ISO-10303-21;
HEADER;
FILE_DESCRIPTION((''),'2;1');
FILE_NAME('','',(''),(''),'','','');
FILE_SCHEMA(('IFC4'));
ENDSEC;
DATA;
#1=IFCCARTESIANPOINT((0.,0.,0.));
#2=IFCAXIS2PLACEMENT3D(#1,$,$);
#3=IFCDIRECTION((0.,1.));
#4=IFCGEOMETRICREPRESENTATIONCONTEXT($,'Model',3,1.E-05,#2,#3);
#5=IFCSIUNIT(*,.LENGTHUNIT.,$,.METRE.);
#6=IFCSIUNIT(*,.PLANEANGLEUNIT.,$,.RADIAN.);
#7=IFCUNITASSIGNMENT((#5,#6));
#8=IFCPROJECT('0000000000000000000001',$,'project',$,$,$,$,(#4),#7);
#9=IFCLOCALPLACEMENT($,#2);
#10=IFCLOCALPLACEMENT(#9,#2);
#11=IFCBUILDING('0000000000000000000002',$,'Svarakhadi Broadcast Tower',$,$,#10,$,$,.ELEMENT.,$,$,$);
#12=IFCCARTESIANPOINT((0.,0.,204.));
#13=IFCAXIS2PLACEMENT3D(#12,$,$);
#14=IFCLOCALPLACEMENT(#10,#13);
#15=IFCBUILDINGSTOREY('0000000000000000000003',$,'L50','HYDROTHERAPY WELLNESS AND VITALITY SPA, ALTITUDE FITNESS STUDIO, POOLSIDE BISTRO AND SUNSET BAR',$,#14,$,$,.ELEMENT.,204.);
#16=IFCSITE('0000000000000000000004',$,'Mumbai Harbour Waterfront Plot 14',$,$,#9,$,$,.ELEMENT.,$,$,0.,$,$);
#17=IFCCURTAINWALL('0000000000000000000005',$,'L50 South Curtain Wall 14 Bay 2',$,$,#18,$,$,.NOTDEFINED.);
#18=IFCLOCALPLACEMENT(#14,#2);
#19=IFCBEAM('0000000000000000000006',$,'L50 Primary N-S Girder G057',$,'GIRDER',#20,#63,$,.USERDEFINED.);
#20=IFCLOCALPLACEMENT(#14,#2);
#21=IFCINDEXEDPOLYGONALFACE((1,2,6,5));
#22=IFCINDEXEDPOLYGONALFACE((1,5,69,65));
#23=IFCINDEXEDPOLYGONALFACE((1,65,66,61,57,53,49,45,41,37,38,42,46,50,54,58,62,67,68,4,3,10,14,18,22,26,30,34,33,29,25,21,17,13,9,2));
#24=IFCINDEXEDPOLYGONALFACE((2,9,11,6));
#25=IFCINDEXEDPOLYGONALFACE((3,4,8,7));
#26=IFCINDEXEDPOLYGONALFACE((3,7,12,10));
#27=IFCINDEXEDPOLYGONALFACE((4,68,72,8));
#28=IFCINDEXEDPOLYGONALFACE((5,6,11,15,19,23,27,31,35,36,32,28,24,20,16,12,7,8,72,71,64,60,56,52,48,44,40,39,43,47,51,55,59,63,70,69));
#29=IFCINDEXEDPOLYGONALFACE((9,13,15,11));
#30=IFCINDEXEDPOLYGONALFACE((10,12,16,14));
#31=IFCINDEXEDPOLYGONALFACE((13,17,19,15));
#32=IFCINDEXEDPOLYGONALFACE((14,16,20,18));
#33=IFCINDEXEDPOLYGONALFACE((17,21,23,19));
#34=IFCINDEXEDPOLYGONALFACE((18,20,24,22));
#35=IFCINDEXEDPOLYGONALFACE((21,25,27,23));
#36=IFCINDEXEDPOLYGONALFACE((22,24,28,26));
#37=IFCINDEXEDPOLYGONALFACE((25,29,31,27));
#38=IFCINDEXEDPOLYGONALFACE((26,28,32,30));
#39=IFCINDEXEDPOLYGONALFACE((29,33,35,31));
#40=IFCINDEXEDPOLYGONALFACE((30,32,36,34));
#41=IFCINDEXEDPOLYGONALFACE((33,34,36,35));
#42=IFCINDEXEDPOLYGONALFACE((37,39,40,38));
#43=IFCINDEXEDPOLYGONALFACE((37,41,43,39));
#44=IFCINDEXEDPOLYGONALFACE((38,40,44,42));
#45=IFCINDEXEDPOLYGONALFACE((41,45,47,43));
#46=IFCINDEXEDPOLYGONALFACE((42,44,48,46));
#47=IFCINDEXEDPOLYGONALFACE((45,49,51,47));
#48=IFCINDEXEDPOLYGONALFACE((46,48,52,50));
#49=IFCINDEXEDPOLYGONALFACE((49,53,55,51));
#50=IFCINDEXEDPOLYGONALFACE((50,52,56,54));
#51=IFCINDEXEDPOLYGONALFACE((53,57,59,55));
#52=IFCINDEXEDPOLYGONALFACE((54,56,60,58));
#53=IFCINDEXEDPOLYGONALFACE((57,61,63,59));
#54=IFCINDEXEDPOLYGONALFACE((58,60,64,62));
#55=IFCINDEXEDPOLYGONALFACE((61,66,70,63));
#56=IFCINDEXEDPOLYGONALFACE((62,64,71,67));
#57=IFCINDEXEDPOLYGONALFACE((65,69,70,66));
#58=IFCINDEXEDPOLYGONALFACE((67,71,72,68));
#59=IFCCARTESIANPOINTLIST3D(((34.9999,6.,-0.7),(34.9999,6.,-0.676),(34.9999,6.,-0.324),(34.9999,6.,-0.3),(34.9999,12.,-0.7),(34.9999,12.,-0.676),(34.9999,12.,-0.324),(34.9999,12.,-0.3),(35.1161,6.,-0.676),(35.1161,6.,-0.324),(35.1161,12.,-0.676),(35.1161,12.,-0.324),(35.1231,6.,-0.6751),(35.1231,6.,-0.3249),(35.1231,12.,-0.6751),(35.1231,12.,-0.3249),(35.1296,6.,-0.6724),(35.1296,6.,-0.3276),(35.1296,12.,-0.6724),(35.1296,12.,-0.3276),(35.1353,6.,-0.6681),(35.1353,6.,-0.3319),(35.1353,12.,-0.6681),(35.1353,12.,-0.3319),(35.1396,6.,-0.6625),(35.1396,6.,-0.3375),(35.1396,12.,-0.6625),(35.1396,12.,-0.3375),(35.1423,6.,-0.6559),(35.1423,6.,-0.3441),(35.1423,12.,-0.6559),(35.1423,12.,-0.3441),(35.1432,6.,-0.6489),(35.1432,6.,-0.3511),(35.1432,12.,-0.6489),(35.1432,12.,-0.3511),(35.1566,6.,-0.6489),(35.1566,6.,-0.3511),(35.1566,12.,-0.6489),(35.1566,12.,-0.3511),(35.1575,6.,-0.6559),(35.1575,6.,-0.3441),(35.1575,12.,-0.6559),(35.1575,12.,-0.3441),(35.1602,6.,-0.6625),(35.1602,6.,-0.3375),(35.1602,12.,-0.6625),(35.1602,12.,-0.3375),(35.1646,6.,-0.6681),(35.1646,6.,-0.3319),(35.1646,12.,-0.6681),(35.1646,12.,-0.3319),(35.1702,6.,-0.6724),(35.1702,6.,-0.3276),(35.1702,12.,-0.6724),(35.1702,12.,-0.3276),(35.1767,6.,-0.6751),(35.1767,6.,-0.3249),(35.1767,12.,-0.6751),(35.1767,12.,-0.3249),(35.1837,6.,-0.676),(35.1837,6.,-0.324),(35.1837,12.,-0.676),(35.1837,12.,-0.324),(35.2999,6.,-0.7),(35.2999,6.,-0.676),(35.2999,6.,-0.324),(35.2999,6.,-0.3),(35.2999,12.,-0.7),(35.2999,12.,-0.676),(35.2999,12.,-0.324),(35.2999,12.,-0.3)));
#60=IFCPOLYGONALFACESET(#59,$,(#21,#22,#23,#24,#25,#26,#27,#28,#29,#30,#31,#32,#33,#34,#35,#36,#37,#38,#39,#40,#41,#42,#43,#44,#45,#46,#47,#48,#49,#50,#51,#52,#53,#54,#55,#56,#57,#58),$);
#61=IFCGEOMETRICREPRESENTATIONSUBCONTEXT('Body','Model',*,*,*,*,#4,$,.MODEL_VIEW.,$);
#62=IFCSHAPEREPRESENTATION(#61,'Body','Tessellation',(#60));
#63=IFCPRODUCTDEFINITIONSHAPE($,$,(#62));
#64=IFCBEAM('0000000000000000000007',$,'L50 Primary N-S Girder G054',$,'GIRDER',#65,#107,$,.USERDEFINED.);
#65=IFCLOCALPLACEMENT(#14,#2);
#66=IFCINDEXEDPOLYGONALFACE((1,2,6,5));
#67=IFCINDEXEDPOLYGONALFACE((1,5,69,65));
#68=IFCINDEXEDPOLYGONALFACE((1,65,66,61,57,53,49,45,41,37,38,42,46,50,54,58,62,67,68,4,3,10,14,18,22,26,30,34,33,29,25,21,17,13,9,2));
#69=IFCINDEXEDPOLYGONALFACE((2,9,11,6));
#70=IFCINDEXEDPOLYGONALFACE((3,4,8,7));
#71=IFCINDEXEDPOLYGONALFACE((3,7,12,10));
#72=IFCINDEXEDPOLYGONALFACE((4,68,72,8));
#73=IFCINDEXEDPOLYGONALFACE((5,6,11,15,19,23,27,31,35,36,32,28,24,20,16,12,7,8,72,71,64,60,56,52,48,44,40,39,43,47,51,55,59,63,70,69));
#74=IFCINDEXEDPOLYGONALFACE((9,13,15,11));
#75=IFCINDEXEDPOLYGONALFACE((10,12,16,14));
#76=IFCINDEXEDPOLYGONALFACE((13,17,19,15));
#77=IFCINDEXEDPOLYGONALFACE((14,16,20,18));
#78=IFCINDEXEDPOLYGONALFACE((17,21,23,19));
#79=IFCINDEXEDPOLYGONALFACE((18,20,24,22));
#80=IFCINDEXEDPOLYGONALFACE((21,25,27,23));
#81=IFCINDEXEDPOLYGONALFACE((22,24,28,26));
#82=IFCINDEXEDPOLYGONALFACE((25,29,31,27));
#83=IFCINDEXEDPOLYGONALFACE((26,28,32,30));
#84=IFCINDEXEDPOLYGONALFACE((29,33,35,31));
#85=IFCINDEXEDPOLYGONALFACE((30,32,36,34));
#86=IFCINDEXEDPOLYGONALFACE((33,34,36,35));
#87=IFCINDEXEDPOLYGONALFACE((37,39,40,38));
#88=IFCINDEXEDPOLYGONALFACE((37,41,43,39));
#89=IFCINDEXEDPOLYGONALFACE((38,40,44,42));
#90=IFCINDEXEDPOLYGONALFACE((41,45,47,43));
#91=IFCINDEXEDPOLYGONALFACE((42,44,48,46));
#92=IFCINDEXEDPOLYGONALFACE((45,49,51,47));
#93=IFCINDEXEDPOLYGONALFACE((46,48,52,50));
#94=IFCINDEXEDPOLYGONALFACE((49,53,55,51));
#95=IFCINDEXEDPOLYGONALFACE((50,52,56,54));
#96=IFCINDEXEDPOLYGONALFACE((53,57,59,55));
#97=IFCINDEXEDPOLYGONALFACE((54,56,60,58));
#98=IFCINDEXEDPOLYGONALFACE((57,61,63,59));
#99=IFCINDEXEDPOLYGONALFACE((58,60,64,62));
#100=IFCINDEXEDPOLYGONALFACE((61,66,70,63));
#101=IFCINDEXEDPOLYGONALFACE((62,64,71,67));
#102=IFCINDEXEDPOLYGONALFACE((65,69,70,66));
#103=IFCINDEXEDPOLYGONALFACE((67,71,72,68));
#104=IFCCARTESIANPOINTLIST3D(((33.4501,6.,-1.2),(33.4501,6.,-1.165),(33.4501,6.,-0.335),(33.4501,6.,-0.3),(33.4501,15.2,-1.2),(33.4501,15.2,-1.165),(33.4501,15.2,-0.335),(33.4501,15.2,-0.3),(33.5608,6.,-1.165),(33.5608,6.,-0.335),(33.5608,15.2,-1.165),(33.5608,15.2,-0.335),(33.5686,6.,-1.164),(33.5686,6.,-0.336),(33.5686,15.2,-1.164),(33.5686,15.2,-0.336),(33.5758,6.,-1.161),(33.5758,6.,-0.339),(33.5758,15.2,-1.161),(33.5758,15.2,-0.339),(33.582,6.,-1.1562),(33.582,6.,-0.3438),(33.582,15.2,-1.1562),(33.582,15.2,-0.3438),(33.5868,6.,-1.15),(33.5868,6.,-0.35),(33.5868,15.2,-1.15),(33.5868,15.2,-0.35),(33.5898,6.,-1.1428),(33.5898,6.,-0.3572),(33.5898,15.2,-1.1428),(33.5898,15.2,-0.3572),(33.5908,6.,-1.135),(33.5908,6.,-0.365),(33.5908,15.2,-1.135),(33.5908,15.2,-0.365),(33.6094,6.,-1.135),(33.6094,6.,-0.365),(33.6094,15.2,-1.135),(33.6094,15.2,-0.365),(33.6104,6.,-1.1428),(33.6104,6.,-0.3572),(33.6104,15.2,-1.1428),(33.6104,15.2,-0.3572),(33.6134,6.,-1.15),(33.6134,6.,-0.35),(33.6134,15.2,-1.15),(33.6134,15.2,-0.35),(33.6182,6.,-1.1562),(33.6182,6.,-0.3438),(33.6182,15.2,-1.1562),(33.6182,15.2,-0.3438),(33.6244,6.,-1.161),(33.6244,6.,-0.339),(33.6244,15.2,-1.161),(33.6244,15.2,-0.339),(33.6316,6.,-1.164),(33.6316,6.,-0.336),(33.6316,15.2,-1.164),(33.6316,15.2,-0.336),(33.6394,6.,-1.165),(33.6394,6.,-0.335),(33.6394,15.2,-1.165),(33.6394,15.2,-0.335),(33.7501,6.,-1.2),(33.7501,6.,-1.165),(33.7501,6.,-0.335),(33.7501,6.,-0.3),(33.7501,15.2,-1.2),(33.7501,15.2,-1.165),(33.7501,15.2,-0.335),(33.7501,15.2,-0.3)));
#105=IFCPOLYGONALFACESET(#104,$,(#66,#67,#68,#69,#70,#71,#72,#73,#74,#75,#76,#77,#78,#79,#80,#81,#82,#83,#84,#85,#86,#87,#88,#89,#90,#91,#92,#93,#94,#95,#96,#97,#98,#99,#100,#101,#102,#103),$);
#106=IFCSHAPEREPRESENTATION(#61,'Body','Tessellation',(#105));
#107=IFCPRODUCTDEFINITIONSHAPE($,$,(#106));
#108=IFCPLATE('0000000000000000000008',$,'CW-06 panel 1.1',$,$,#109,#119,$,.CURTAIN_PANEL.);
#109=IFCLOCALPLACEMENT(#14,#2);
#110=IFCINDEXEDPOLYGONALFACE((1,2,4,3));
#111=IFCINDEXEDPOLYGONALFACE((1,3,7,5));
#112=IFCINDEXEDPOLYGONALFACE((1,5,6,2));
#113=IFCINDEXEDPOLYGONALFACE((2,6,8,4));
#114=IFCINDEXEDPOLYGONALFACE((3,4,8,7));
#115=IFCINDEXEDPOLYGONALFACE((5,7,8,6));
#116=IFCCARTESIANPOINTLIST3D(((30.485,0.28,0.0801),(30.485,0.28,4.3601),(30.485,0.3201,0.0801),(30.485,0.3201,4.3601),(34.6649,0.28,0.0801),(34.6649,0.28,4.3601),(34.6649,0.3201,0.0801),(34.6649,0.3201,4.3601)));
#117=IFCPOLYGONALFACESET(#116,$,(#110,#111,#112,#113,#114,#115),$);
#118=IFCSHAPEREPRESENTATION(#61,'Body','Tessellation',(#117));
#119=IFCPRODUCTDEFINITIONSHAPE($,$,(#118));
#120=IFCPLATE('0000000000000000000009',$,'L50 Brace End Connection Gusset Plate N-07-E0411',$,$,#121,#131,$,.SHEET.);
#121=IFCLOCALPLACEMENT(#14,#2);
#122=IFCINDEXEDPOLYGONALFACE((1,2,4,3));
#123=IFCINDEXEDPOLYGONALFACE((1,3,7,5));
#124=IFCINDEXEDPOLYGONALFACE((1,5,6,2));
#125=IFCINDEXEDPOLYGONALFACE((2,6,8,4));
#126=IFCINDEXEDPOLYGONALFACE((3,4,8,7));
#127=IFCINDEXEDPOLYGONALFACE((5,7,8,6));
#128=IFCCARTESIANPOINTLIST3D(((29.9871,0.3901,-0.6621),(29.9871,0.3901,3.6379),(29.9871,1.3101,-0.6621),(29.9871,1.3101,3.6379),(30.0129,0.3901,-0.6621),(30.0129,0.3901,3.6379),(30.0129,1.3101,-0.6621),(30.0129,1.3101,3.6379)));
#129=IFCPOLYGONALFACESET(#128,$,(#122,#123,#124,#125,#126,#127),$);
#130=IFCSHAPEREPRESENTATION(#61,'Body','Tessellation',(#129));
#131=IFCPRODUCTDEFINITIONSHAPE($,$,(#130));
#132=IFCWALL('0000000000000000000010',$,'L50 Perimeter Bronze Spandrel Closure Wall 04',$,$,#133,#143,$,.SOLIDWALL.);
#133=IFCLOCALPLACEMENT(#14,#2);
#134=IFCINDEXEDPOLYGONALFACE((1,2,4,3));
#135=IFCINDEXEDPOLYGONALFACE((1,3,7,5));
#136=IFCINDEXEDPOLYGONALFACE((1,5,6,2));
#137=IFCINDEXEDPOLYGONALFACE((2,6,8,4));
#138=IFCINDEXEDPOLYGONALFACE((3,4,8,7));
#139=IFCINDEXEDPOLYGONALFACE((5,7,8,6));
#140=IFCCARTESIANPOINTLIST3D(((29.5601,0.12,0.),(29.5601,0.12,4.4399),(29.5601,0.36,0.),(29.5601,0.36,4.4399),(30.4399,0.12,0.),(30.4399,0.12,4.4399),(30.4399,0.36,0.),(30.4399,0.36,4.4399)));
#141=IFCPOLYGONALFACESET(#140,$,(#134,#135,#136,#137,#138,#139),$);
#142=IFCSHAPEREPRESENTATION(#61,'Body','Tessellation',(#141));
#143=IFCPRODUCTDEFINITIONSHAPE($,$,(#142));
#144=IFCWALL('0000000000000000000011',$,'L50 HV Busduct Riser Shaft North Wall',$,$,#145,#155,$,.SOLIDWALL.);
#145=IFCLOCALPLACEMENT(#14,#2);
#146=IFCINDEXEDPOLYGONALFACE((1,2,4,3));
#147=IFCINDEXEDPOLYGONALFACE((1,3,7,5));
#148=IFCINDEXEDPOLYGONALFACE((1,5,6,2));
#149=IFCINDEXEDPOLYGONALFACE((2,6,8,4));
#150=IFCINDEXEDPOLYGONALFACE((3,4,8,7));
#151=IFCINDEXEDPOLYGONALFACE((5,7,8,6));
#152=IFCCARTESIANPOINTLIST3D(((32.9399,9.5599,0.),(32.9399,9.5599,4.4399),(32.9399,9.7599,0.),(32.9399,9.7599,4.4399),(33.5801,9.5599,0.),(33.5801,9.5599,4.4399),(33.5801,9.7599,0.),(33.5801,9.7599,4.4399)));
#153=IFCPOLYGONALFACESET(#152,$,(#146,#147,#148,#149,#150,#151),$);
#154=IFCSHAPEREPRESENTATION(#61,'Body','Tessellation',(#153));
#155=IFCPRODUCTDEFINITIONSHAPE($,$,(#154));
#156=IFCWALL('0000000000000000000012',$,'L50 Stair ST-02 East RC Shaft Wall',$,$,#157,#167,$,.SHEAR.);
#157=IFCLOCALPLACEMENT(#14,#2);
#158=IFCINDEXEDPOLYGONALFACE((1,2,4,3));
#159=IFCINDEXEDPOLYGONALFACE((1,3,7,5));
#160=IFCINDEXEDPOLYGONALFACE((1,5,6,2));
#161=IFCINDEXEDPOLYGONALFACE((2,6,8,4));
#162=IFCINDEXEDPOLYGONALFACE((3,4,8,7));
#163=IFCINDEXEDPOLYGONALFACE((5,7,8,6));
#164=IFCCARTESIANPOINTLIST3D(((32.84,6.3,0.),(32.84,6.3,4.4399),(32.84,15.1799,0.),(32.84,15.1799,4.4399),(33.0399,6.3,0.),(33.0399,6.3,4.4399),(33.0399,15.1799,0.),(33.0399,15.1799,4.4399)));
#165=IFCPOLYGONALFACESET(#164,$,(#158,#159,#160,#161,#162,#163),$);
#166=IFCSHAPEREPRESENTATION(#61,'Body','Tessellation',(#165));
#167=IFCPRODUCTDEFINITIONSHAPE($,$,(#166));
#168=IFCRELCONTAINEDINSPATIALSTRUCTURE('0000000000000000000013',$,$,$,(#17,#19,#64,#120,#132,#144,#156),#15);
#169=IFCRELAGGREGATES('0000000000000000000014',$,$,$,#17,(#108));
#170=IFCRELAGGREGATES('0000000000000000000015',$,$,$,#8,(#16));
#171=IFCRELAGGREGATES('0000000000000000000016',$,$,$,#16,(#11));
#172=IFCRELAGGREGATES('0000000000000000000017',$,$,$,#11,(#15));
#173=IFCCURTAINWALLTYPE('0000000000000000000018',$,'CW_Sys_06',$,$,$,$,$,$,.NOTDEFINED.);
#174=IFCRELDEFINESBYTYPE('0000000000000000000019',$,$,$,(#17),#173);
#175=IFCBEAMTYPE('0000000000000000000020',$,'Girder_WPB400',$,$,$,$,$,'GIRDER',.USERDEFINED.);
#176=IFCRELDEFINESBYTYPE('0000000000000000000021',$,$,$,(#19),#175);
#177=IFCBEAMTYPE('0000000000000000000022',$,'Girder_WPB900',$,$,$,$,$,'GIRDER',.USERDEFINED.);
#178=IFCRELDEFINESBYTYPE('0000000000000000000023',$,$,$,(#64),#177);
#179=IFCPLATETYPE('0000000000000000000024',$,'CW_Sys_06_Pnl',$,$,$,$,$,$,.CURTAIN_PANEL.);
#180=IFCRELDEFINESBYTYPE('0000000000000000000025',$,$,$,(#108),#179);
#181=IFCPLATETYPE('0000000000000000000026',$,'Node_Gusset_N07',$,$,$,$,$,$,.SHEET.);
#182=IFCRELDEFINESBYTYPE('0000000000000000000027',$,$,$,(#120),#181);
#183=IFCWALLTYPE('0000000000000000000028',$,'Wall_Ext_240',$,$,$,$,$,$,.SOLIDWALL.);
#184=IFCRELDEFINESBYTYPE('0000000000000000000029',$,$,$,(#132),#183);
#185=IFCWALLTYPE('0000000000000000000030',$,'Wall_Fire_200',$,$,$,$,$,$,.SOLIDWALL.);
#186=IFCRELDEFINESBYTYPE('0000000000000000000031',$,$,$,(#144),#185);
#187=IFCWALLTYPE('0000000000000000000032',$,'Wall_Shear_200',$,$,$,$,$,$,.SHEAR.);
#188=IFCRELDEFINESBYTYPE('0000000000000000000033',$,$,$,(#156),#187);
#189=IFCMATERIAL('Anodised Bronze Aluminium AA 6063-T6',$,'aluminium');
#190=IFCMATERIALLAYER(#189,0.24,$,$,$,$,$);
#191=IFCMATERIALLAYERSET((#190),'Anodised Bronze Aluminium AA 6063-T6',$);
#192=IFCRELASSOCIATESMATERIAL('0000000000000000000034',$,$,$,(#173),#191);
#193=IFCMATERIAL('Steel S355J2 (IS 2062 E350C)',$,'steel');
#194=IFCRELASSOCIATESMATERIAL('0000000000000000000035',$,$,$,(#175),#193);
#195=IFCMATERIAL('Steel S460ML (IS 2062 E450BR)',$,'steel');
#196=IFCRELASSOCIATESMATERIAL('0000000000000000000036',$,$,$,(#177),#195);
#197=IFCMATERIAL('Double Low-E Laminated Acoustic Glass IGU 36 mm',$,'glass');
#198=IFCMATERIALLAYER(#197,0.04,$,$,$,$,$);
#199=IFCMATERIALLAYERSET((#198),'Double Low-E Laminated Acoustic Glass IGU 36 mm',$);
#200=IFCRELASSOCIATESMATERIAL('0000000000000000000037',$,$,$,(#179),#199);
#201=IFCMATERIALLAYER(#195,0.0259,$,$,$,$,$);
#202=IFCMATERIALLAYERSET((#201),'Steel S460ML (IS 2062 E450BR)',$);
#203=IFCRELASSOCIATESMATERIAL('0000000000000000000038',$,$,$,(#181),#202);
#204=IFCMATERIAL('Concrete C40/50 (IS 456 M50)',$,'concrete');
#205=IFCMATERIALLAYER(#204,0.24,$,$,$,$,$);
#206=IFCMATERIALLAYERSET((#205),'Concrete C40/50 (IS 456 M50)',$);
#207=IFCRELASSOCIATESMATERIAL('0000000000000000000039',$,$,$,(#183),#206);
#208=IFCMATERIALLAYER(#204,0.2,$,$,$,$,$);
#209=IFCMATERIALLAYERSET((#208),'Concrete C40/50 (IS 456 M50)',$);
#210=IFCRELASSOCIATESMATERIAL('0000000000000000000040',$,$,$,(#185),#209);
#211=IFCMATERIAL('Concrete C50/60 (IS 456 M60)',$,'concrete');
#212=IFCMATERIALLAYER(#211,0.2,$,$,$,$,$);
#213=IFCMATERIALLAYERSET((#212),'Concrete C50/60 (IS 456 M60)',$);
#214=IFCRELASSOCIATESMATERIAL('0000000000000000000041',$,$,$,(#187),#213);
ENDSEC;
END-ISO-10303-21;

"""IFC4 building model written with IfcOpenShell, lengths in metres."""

from ifc_helpers import new_model, si_unit, direction, frame, frame_2d, origin, origin_2d, place, context, subcontext, project, spatial, rectangle, i_section, extrude, material, layer, layer_set, material_profile, profile_set, type_object, element, aggregate, save


model = new_model("IFC4")

# Units and contexts
model_context = context("Model", 3, precision=1e-05, world=origin(), true_north=direction((0.0, 1.0)))
body_context = subcontext(model_context, "Body", "Model", "MODEL_VIEW")
ifc_project = project(units=[si_unit("LENGTHUNIT", "METRE"), si_unit("PLANEANGLEUNIT", "RADIAN")], contexts=[model_context])

# Site, building, storey
site_placement = place(None, origin())
site = spatial("IfcSite", under=ifc_project, at=site_placement, Name="Mumbai Harbour Waterfront Plot 14", CompositionType="ELEMENT", RefElevation=0.0)
building_placement = place(site_placement, origin())
building = spatial("IfcBuilding", under=site, at=building_placement, Name="Svarakhadi Broadcast Tower", CompositionType="ELEMENT")
storey_placement = place(building_placement, frame((0.0, 0.0, 204.0)))
storey = spatial("IfcBuildingStorey", under=building, at=storey_placement, Name="L50", Description="HYDROTHERAPY WELLNESS AND VITALITY SPA, ALTITUDE FITNESS STUDIO, POOLSIDE BISTRO AND SUNSET BAR", CompositionType="ELEMENT", Elevation=204.0)

# Shared definitions
ifc_material_1 = material(Name="Concrete C50/60 (IS 456 M60)", Category="concrete")
ifc_material_2 = material(Name="Steel S460ML (IS 2062 E450BR)", Category="steel")

# Curtain wall
ifc_material_3 = material(Name="Anodised Bronze Aluminium AA 6063-T6", Category="aluminium")
ifc_layer_1 = layer(ifc_material_3, 0.24)
ifc_layer_set_1 = layer_set([ifc_layer_1], Name="Anodised Bronze Aluminium AA 6063-T6")
curtain_wall_type = type_object("IfcCurtainWallType", Name="CW_Sys_06", PredefinedType="NOTDEFINED", material=ifc_layer_set_1)
curtain_wall_placement = place(storey_placement, origin())
curtain_wall = element("IfcCurtainWall", 1, at=curtain_wall_placement, inside=storey, type_object=curtain_wall_type, Name="L50 South Curtain Wall 14 Bay 2", PredefinedType="NOTDEFINED")

# Beams
ifc_material_4 = material(Name="Steel S355J2 (IS 2062 E350C)", Category="steel")
ifc_material_profile_1 = material_profile(ifc_material_4, i_section(OverallWidth=0.3, OverallDepth=0.3999, WebThickness=0.0134, FlangeThickness=0.0239, FilletRadius=0.0271, at=origin_2d()), Name="WPB 400x300x155")
ifc_profile_set_1 = profile_set([ifc_material_profile_1], Name="Steel S355J2 (IS 2062 E350C)")
beam_type_1 = type_object("IfcBeamType", Name="Girder_WPB400", ElementType="GIRDER", PredefinedType="USERDEFINED", material=ifc_profile_set_1)
beam_1_placement = place(storey_placement, frame((35.1499, 6.0, -0.5), z_axis=(0.0, 1.0, 0.0), x_axis=(-1.0, 0.0, 0.0)))
element("IfcBeam", 2, at=beam_1_placement, inside=storey, type_object=beam_type_1, Name="L50 Primary N-S Girder G057", ObjectType="GIRDER", PredefinedType="USERDEFINED", context=body_context, shape_type="SweptSolid", body=[
    extrude(i_section(OverallWidth=0.3, OverallDepth=0.3999, WebThickness=0.0134, FlangeThickness=0.0239, FilletRadius=0.0271, at=origin_2d()), origin(), (0.0, 0.0, 1.0), 6.0),
])
ifc_material_profile_2 = material_profile(ifc_material_2, i_section(OverallWidth=0.3, OverallDepth=0.8999, WebThickness=0.0186, FlangeThickness=0.0349, FilletRadius=0.03, at=origin_2d()), Name="WPB 900x300x291")
ifc_profile_set_2 = profile_set([ifc_material_profile_2], Name="Steel S460ML (IS 2062 E450BR)")
beam_type_2 = type_object("IfcBeamType", Name="Girder_WPB900", ElementType="GIRDER", PredefinedType="USERDEFINED", material=ifc_profile_set_2)
beam_2_placement = place(storey_placement, frame((33.6001, 6.0, -0.75), z_axis=(0.0, 1.0, 0.0), x_axis=(-1.0, 0.0, 0.0)))
element("IfcBeam", 3, at=beam_2_placement, inside=storey, type_object=beam_type_2, Name="L50 Primary N-S Girder G054", ObjectType="GIRDER", PredefinedType="USERDEFINED", context=body_context, shape_type="SweptSolid", body=[
    extrude(i_section(OverallWidth=0.3, OverallDepth=0.8999, WebThickness=0.0186, FlangeThickness=0.0349, FilletRadius=0.03, at=origin_2d()), origin(), (0.0, 0.0, 1.0), 9.2),
])

# Plates
ifc_material_5 = material(Name="Double Low-E Laminated Acoustic Glass IGU 36 mm", Category="glass")
ifc_layer_2 = layer(ifc_material_5, 0.04)
ifc_layer_set_2 = layer_set([ifc_layer_2], Name="Double Low-E Laminated Acoustic Glass IGU 36 mm")
plate_type_1 = type_object("IfcPlateType", Name="CW_Sys_06_Pnl", PredefinedType="CURTAIN_PANEL", material=ifc_layer_set_2)
plate_1_placement = place(storey_placement, frame((32.575, 0.3, 0.0801), z_axis=(0.0, 0.0, 1.0), x_axis=(-1.0, 0.0, 0.0)))
plate_1 = element("IfcPlate", 4, at=plate_1_placement, type_object=plate_type_1, Name="CW-06 panel 1.1", PredefinedType="CURTAIN_PANEL", context=body_context, shape_type="SweptSolid", body=[
    extrude(rectangle(XDim=4.1799, YDim=0.04, at=origin_2d()), origin(), (0.0, 0.0, 1.0), 4.28),
])
aggregate(curtain_wall, [plate_1])
ifc_layer_3 = layer(ifc_material_2, 0.0259)
ifc_layer_set_3 = layer_set([ifc_layer_3], Name="Steel S460ML (IS 2062 E450BR)")
plate_type_2 = type_object("IfcPlateType", Name="Node_Gusset_N07", PredefinedType="SHEET", material=ifc_layer_set_3)
plate_2_placement = place(storey_placement, frame((30.0, 0.8501, -0.6621), z_axis=(0.0, 0.0, 1.0), x_axis=(0.0, 1.0, 0.0)))
element("IfcPlate", 5, at=plate_2_placement, inside=storey, type_object=plate_type_2, Name="L50 Brace End Connection Gusset Plate N-07-E0411", PredefinedType="SHEET", context=body_context, shape_type="SweptSolid", body=[
    extrude(rectangle(XDim=0.9199, YDim=0.0259, at=origin_2d()), origin(), (0.0, 0.0, 1.0), 4.3),
])

# Walls
ifc_material_6 = material(Name="Concrete C40/50 (IS 456 M50)", Category="concrete")
ifc_layer_4 = layer(ifc_material_6, 0.24)
ifc_layer_set_4 = layer_set([ifc_layer_4], Name="Concrete C40/50 (IS 456 M50)")
wall_type_1 = type_object("IfcWallType", Name="Wall_Ext_240", PredefinedType="SOLIDWALL", material=ifc_layer_set_4)
wall_1_placement = place(storey_placement, frame((30.4399, 0.24, 0.0), z_axis=(0.0, 0.0, 1.0), x_axis=(-1.0, 0.0, 0.0)))
element("IfcWall", 6, at=wall_1_placement, inside=storey, type_object=wall_type_1, Name="L50 Perimeter Bronze Spandrel Closure Wall 04", PredefinedType="SOLIDWALL", context=body_context, shape_type="SweptSolid", body=[
    extrude(rectangle(XDim=0.8799, YDim=0.24, at=frame_2d((0.4399, 0.0))), origin(), (0.0, 0.0, 1.0), 4.4399),
])
ifc_layer_5 = layer(ifc_material_6, 0.2)
ifc_layer_set_5 = layer_set([ifc_layer_5], Name="Concrete C40/50 (IS 456 M50)")
wall_type_2 = type_object("IfcWallType", Name="Wall_Fire_200", PredefinedType="SOLIDWALL", material=ifc_layer_set_5)
wall_2_placement = place(storey_placement, frame((32.9399, 9.6599, 0.0), z_axis=(0.0, 0.0, 1.0), x_axis=(1.0, 0.0, 0.0)))
element("IfcWall", 7, at=wall_2_placement, inside=storey, type_object=wall_type_2, Name="L50 HV Busduct Riser Shaft North Wall", PredefinedType="SOLIDWALL", context=body_context, shape_type="SweptSolid", body=[
    extrude(rectangle(XDim=0.6401, YDim=0.2, at=frame_2d((0.3201, 0.0))), origin(), (0.0, 0.0, 1.0), 4.4399),
])
ifc_layer_6 = layer(ifc_material_1, 0.2)
ifc_layer_set_6 = layer_set([ifc_layer_6], Name="Concrete C50/60 (IS 456 M60)")
wall_type_3 = type_object("IfcWallType", Name="Wall_Shear_200", PredefinedType="SHEAR", material=ifc_layer_set_6)
wall_3_placement = place(storey_placement, frame((32.9399, 6.3, 0.0), z_axis=(0.0, 0.0, 1.0), x_axis=(0.0, 1.0, 0.0)))
element("IfcWall", 8, at=wall_3_placement, inside=storey, type_object=wall_type_3, Name="L50 Stair ST-02 East RC Shaft Wall", PredefinedType="SHEAR", context=body_context, shape_type="SweptSolid", body=[
    extrude(rectangle(XDim=8.8799, YDim=0.2, at=frame_2d((4.4399, 0.0))), origin(), (0.0, 0.0, 1.0), 4.4399),
])

save(model, "model.ifc")
